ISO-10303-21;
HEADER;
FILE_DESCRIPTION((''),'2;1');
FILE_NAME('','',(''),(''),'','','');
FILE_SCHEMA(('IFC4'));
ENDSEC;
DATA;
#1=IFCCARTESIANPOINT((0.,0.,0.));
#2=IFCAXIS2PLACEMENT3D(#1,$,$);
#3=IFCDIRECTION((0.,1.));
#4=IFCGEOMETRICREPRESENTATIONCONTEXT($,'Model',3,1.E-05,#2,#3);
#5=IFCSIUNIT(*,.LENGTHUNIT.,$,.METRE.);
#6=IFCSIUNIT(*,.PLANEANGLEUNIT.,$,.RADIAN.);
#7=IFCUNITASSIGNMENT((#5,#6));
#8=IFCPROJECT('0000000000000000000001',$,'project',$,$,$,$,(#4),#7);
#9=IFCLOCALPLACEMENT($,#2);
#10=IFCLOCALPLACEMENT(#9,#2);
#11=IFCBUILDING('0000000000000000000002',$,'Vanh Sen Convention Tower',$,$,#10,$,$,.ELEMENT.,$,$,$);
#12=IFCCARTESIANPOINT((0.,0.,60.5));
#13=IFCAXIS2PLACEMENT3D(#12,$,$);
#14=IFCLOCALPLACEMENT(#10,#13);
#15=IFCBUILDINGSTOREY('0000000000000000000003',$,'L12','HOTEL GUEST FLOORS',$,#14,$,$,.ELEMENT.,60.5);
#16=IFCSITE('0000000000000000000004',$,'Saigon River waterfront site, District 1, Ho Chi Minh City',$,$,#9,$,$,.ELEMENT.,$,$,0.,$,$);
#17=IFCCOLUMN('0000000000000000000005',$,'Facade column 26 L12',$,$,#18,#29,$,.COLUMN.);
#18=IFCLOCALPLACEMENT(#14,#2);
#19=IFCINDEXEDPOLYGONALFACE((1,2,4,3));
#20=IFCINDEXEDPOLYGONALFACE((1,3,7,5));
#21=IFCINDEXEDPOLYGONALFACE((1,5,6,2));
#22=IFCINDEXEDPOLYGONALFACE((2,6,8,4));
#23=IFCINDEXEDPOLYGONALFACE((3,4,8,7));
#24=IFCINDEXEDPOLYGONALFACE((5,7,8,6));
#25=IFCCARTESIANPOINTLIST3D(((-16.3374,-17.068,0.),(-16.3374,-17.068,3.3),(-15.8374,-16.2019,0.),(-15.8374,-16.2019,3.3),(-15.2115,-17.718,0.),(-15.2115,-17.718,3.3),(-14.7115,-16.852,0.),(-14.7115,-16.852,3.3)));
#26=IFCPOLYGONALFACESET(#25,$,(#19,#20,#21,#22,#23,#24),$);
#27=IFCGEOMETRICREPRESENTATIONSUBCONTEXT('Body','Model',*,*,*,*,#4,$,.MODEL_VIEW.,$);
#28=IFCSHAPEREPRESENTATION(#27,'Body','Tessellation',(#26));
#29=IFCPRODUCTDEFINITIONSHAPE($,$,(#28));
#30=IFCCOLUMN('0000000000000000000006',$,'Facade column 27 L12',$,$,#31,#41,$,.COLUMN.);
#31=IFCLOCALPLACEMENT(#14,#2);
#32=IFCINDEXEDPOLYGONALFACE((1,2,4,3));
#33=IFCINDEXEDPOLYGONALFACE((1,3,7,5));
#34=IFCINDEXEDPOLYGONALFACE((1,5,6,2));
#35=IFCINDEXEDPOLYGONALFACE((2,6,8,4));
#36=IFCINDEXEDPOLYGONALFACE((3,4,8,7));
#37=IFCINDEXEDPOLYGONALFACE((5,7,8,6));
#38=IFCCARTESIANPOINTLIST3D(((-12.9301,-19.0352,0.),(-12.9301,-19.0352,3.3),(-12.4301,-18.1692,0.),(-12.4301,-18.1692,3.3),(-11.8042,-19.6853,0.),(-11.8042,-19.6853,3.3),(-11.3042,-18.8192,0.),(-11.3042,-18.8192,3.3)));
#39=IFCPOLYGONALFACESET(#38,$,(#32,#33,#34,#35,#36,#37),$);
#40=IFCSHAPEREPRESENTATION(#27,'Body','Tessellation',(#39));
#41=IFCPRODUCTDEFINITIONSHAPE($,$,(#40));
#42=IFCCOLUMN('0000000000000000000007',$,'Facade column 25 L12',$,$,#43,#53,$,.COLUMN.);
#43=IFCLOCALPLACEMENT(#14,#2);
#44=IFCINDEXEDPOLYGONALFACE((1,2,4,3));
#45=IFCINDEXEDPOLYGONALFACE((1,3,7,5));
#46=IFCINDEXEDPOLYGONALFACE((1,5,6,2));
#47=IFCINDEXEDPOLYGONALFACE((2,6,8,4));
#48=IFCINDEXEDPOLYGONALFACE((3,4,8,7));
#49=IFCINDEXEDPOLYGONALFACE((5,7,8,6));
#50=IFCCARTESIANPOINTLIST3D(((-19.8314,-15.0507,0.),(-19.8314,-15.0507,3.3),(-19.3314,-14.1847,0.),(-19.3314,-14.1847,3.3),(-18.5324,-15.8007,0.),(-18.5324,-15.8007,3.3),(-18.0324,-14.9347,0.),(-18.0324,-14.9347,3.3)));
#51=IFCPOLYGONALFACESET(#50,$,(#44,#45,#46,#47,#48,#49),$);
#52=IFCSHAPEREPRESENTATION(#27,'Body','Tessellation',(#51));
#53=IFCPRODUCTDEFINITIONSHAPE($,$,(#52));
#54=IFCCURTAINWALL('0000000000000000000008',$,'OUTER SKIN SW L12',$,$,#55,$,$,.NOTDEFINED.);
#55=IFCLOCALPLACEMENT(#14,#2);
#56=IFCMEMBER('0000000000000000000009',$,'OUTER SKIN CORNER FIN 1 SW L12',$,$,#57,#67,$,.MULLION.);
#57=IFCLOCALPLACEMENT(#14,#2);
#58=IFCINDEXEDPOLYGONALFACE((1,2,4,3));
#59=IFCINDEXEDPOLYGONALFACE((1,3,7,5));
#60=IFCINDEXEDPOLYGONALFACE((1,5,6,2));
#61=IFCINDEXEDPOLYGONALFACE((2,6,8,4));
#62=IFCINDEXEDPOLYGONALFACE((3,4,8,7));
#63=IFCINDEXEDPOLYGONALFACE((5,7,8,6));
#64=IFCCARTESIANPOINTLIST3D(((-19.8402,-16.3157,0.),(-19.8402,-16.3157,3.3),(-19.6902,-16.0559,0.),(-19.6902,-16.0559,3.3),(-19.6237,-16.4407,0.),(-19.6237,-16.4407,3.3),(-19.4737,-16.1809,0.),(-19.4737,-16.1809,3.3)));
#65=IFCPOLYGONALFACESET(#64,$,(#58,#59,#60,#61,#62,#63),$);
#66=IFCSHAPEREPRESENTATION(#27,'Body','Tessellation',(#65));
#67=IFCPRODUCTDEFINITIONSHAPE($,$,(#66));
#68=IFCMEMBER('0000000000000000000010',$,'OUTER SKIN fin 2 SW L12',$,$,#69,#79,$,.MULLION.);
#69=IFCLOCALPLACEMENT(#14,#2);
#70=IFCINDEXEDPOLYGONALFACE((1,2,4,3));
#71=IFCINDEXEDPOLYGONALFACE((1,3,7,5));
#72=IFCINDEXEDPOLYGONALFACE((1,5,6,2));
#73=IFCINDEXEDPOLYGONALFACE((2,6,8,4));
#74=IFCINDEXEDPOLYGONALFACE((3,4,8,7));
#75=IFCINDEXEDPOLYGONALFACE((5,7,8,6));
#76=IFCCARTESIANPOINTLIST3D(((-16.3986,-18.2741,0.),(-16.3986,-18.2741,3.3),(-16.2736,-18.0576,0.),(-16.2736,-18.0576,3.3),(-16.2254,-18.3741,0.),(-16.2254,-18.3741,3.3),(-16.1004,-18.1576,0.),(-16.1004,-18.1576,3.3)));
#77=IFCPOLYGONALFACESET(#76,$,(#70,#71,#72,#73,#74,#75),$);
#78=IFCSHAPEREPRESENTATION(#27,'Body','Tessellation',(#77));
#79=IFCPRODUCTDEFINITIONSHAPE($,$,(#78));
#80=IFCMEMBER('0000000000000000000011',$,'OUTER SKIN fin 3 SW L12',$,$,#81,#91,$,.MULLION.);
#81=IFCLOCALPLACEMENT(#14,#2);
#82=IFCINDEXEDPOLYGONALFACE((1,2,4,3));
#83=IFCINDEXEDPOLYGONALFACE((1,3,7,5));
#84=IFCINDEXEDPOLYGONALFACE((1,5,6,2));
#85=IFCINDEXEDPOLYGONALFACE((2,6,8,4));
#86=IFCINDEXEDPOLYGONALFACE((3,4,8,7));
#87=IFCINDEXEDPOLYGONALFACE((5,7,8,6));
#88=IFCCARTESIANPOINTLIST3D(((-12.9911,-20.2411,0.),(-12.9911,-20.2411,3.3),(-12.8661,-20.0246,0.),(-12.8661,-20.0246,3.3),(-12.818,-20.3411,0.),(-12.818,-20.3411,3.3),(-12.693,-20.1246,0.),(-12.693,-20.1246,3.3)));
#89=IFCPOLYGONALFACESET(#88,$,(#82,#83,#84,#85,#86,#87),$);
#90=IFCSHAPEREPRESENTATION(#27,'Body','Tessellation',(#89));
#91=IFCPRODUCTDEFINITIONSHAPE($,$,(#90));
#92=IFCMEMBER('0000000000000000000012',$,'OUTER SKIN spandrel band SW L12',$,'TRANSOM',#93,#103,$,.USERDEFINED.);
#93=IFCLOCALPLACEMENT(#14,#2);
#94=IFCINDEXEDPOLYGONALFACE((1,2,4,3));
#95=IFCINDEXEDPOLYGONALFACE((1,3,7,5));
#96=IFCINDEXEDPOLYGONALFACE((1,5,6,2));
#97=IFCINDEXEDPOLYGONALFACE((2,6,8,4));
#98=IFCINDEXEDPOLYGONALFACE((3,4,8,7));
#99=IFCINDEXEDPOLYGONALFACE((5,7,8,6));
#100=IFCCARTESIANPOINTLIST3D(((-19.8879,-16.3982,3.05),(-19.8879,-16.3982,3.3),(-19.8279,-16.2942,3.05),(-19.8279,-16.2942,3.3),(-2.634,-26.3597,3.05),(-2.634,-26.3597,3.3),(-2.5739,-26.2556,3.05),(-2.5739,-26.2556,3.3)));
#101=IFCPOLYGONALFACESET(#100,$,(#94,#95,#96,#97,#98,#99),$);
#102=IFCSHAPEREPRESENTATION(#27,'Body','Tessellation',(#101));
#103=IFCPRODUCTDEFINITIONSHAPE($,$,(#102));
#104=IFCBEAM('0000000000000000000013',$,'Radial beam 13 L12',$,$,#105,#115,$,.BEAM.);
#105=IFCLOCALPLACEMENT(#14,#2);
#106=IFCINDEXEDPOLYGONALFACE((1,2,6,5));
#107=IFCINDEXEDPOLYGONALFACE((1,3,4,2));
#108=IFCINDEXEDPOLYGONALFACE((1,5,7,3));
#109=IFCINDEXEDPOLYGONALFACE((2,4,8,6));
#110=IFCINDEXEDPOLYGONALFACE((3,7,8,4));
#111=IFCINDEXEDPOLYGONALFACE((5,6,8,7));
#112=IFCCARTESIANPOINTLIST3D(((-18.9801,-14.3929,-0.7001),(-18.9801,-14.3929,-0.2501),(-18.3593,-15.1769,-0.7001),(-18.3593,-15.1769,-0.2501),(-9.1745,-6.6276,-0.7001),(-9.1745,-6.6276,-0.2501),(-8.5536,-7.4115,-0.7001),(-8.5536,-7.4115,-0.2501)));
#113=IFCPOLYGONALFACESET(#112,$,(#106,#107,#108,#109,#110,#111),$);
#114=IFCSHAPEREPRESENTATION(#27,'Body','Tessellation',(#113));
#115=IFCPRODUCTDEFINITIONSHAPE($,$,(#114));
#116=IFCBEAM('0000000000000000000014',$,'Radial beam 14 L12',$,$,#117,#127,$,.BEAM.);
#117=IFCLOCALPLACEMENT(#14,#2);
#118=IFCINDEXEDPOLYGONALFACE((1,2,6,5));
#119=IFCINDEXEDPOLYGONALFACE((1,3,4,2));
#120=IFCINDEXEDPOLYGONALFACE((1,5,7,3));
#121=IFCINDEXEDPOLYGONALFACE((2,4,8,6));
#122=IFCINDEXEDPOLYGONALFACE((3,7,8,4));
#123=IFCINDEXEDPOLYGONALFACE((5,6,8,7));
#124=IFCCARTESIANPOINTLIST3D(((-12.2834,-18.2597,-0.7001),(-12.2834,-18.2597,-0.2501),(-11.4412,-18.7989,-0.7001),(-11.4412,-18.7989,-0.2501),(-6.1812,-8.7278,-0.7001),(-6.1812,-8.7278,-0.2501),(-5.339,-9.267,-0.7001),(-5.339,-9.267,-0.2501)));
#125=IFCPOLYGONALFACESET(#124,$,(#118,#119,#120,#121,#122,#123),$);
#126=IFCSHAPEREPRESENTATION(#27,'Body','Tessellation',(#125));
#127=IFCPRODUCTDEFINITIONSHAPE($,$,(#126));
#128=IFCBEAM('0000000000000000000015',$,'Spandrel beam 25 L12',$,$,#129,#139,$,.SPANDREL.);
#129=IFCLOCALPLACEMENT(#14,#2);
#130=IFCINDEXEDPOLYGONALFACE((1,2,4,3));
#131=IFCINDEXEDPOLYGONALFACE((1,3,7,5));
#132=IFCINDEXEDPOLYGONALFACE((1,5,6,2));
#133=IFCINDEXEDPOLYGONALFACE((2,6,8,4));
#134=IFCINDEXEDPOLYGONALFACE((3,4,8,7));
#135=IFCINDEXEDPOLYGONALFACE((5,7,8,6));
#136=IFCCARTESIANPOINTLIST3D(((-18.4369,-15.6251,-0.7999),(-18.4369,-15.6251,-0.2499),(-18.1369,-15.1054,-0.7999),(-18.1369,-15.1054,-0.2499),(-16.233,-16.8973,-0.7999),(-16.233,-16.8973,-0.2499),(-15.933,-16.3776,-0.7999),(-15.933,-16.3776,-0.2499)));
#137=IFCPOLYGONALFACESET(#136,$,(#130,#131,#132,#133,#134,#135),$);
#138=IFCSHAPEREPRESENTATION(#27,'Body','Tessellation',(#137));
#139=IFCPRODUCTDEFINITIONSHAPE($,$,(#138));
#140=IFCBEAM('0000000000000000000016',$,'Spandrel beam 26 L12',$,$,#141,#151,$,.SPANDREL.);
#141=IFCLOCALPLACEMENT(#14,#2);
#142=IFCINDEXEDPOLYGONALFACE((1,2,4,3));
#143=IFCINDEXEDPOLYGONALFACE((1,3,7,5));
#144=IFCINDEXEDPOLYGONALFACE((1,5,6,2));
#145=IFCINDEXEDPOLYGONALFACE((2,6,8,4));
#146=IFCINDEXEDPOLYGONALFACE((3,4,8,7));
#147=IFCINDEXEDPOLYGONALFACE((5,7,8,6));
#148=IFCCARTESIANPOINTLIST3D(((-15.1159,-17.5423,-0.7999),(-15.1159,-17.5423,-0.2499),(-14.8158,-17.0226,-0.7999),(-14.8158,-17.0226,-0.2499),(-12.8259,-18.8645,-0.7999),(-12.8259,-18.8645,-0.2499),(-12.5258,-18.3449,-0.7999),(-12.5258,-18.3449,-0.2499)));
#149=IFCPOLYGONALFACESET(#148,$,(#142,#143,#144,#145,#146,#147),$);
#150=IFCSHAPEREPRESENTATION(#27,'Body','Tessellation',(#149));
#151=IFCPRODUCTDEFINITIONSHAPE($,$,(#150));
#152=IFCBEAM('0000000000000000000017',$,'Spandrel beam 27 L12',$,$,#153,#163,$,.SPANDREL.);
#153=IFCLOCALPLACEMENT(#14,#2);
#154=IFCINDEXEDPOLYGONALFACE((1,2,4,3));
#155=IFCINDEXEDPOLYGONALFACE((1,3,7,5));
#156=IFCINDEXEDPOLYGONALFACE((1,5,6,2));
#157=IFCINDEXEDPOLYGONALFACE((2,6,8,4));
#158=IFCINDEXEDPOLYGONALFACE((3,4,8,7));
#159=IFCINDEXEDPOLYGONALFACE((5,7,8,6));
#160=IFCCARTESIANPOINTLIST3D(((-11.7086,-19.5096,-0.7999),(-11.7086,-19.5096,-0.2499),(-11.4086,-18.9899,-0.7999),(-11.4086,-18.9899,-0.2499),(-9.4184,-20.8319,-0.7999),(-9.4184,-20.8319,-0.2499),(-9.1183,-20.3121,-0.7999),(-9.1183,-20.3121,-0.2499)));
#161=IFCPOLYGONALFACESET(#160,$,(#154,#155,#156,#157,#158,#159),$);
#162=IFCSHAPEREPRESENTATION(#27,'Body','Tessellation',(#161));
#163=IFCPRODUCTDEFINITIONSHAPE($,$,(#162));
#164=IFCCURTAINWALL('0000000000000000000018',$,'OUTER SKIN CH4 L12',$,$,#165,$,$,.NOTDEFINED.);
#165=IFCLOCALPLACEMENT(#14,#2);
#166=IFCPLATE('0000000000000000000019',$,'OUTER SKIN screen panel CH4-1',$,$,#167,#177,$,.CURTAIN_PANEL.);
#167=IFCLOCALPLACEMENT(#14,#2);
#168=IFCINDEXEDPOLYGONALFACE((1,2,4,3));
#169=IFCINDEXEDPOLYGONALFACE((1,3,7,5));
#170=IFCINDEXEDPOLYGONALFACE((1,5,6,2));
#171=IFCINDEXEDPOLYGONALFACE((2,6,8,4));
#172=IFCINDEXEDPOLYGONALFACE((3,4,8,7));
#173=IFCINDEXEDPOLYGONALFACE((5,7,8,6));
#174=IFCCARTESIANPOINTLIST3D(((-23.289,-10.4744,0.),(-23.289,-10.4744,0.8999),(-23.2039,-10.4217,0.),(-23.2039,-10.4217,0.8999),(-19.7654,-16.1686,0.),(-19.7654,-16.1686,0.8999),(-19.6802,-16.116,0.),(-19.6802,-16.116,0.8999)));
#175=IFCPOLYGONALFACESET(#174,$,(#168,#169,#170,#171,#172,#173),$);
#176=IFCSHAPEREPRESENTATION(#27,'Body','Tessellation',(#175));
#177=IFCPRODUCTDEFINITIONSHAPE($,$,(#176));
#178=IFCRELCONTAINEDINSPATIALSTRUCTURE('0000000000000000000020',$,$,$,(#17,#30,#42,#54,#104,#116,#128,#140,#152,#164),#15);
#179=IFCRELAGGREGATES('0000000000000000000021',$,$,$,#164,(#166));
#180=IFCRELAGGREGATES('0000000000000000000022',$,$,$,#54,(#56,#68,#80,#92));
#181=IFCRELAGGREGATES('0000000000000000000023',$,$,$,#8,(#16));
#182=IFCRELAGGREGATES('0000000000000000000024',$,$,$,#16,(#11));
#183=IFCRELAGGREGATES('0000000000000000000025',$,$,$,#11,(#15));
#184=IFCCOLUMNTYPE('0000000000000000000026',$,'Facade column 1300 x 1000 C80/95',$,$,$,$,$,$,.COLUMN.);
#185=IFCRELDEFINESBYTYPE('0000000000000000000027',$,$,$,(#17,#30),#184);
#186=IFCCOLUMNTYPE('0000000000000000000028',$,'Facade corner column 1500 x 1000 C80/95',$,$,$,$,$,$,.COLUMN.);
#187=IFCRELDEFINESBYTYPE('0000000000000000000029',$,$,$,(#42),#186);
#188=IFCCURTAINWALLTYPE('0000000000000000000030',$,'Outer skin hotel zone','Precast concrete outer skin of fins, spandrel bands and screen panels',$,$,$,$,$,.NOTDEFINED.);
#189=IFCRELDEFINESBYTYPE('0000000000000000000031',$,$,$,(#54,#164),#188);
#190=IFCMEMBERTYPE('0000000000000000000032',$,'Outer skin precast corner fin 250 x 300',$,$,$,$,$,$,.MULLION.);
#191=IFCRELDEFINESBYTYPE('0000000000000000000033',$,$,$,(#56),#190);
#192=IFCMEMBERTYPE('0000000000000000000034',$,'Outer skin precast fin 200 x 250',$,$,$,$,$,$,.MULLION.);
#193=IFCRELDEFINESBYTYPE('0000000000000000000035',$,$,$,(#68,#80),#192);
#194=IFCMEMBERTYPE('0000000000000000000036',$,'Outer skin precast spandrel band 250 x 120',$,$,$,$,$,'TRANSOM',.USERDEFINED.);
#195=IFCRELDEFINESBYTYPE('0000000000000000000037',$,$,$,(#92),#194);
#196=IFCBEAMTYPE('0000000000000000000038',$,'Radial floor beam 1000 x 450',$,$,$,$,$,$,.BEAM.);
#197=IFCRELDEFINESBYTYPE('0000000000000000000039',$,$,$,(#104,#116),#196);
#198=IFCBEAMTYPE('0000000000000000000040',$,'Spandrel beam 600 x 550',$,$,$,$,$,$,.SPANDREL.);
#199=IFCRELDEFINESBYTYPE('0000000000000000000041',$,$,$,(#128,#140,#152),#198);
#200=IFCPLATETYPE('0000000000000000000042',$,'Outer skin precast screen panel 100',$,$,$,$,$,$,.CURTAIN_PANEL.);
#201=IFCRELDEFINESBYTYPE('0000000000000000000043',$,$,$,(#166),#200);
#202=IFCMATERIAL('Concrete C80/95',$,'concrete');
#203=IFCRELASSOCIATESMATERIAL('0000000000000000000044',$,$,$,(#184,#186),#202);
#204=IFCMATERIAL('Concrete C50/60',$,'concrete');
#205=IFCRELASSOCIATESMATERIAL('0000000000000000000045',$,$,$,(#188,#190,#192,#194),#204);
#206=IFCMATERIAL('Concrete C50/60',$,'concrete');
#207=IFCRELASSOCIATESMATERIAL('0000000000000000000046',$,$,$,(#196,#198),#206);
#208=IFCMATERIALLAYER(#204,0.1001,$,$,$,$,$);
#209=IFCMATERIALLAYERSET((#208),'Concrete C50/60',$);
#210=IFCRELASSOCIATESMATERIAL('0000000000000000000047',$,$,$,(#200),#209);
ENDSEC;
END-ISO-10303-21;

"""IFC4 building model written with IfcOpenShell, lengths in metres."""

from ifc_helpers import new_model, si_unit, direction, frame, origin, origin_2d, place, context, subcontext, project, spatial, rectangle, extrude, material, layer, layer_set, material_profile, profile_set, type_object, element, aggregate, save


model = new_model("IFC4")

# Units and contexts
model_context = context("Model", 3, precision=1e-05, world=origin(), true_north=direction((0.0, 1.0)))
body_context = subcontext(model_context, "Body", "Model", "MODEL_VIEW")
ifc_project = project(units=[si_unit("LENGTHUNIT", "METRE"), si_unit("PLANEANGLEUNIT", "RADIAN")], contexts=[model_context])

# Site, building, storey
site_placement = place(None, origin())
site = spatial("IfcSite", under=ifc_project, at=site_placement, Name="Saigon River waterfront site, District 1, Ho Chi Minh City", CompositionType="ELEMENT", RefElevation=0.0)
building_placement = place(site_placement, origin())
building = spatial("IfcBuilding", under=site, at=building_placement, Name="Vanh Sen Convention Tower", CompositionType="ELEMENT")
storey_placement = place(building_placement, frame((0.0, 0.0, 60.5)))
storey = spatial("IfcBuildingStorey", under=building, at=storey_placement, Name="L12", Description="HOTEL GUEST FLOORS", CompositionType="ELEMENT", Elevation=60.5)

# Columns
ifc_material_1 = material(Name="Concrete C80/95", Category="concrete")
ifc_material_profile_1 = material_profile(ifc_material_1, rectangle(XDim=1.3, YDim=1.0, at=origin_2d()), Name="RC 1300X1000")
ifc_profile_set_1 = profile_set([ifc_material_profile_1], Name="Concrete C80/95")
column_type_1 = type_object("IfcColumnType", Name="Facade column 1300 x 1000 C80/95", PredefinedType="COLUMN", material=ifc_profile_set_1)
for number, where, z_axis, x_axis, name in (
    (1, (-15.5244, -16.96, 0.0), (0.0, 0.0, 1.0), (0.866025, -0.5, 0.0), "Facade column 26 L12"),
    (2, (-12.1172, -18.9272, 0.0), (0.0, 0.0, 1.0), (0.866025, -0.5, 0.0), "Facade column 27 L12"),
):
    element("IfcColumn", number, at=place(storey_placement, frame(where, z_axis=z_axis, x_axis=x_axis)), inside=storey, type_object=column_type_1, Name=name, PredefinedType="COLUMN", context=body_context, shape_type="SweptSolid", body=[
        extrude(rectangle(XDim=1.3, YDim=1.0, at=origin_2d()), origin(), (0.0, 0.0, 1.0), 3.3),
    ])
ifc_material_profile_2 = material_profile(ifc_material_1, rectangle(XDim=1.5, YDim=1.0, at=origin_2d()), Name="RC 1500X1000")
ifc_profile_set_2 = profile_set([ifc_material_profile_2], Name="Concrete C80/95")
column_type_2 = type_object("IfcColumnType", Name="Facade corner column 1500 x 1000 C80/95", PredefinedType="COLUMN", material=ifc_profile_set_2)
column_placement = place(storey_placement, frame((-18.9319, -14.9927, 0.0), z_axis=(0.0, 0.0, 1.0), x_axis=(0.866025, -0.5, 0.0)))
element("IfcColumn", 3, at=column_placement, inside=storey, type_object=column_type_2, Name="Facade column 25 L12", PredefinedType="COLUMN", context=body_context, shape_type="SweptSolid", body=[
    extrude(rectangle(XDim=1.5, YDim=1.0, at=origin_2d()), origin(), (0.0, 0.0, 1.0), 3.3),
])

# Curtain wall, members
ifc_material_2 = material(Name="Concrete C50/60", Category="concrete")
curtain_wall_type = type_object("IfcCurtainWallType", Name="Outer skin hotel zone", Description="Precast concrete outer skin of fins, spandrel bands and screen panels", PredefinedType="NOTDEFINED", material=ifc_material_2)
curtain_wall_1_placement = place(storey_placement, origin())
curtain_wall_1 = element("IfcCurtainWall", 4, at=curtain_wall_1_placement, inside=storey, type_object=curtain_wall_type, Name="OUTER SKIN SW L12", PredefinedType="NOTDEFINED")
ifc_material_profile_3 = material_profile(ifc_material_2, rectangle(XDim=0.25, YDim=0.3, at=origin_2d()), Name="Outer skin precast corner fin 250 x 300")
ifc_profile_set_3 = profile_set([ifc_material_profile_3], Name="Concrete C50/60")
member_type_1 = type_object("IfcMemberType", Name="Outer skin precast corner fin 250 x 300", PredefinedType="MULLION", material=ifc_profile_set_3)
member_1_placement = place(storey_placement, frame((-19.657, -16.2483, 0.0), z_axis=(0.0, 0.0, 1.0), x_axis=(0.866025, -0.5, 0.0)))
member_1 = element("IfcMember", 5, at=member_1_placement, type_object=member_type_1, Name="OUTER SKIN CORNER FIN 1 SW L12", PredefinedType="MULLION", context=body_context, shape_type="SweptSolid", body=[
    extrude(rectangle(XDim=0.25, YDim=0.3, at=origin_2d()), origin(), (0.0, 0.0, 1.0), 3.3),
])
ifc_material_profile_4 = material_profile(ifc_material_2, rectangle(XDim=0.2, YDim=0.25, at=origin_2d()), Name="Outer skin precast fin 200 x 250")
ifc_profile_set_4 = profile_set([ifc_material_profile_4], Name="Concrete C50/60")
member_type_2 = type_object("IfcMemberType", Name="Outer skin precast fin 200 x 250", PredefinedType="MULLION", material=ifc_profile_set_4)
member_2_placement = place(storey_placement, frame((-16.2495, -18.2158, 0.0), z_axis=(0.0, 0.0, 1.0), x_axis=(0.866025, -0.5, 0.0)))
member_2 = element("IfcMember", 6, at=member_2_placement, type_object=member_type_2, Name="OUTER SKIN fin 2 SW L12", PredefinedType="MULLION", context=body_context, shape_type="SweptSolid", body=[
    extrude(rectangle(XDim=0.2, YDim=0.25, at=origin_2d()), origin(), (0.0, 0.0, 1.0), 3.3),
])
member_3_placement = place(storey_placement, frame((-12.842, -20.1829, 0.0), z_axis=(0.0, 0.0, 1.0), x_axis=(0.866025, -0.5, 0.0)))
member_3 = element("IfcMember", 7, at=member_3_placement, type_object=member_type_2, Name="OUTER SKIN fin 3 SW L12", PredefinedType="MULLION", context=body_context, shape_type="SweptSolid", body=[
    extrude(rectangle(XDim=0.2, YDim=0.25, at=origin_2d()), origin(), (0.0, 0.0, 1.0), 3.3),
])
ifc_material_profile_5 = material_profile(ifc_material_2, rectangle(XDim=0.1201, YDim=0.25, at=origin_2d()), Name="Outer skin precast spandrel band 250 x 120")
ifc_profile_set_5 = profile_set([ifc_material_profile_5], Name="Concrete C50/60")
member_type_3 = type_object("IfcMemberType", Name="Outer skin precast spandrel band 250 x 120", ElementType="TRANSOM", PredefinedType="USERDEFINED", material=ifc_profile_set_5)
member_4_placement = place(storey_placement, frame((-19.8579, -16.3462, 3.175), z_axis=(0.866028, -0.499995, 0.0), x_axis=(0.499995, 0.866028, 0.0)))
member_4 = element("IfcMember", 8, at=member_4_placement, type_object=member_type_3, Name="OUTER SKIN spandrel band SW L12", ObjectType="TRANSOM", PredefinedType="USERDEFINED", context=body_context, shape_type="SweptSolid", body=[
    extrude(rectangle(XDim=0.1201, YDim=0.25, at=origin_2d()), origin(), (0.0, 0.0, 1.0), 19.9231),
])

# Beams
ifc_material_3 = material(Name="Concrete C50/60", Category="concrete")
ifc_material_profile_6 = material_profile(ifc_material_3, rectangle(XDim=1.0, YDim=0.45, at=origin_2d()), Name="RC 1000X450")
ifc_profile_set_6 = profile_set([ifc_material_profile_6], Name="Concrete C50/60")
beam_type_1 = type_object("IfcBeamType", Name="Radial floor beam 1000 x 450", PredefinedType="BEAM", material=ifc_profile_set_6)
beam_1_placement = place(storey_placement, frame((-18.6697, -14.7849, -0.4751), z_axis=(0.783946, 0.620829, 0.0), x_axis=(-0.620829, 0.783946, 0.0)))
element("IfcBeam", 9, at=beam_1_placement, inside=storey, type_object=beam_type_1, Name="Radial beam 13 L12", PredefinedType="BEAM", context=body_context, shape_type="SweptSolid", body=[
    extrude(rectangle(XDim=1.0, YDim=0.45, at=origin_2d()), origin(), (0.0, 0.0, 1.0), 12.5081),
])
beam_2_placement = place(storey_placement, frame((-11.8623, -18.5293, -0.4751), z_axis=(0.539168, 0.842198, 0.0), x_axis=(-0.842198, 0.539168, 0.0)))
element("IfcBeam", 10, at=beam_2_placement, inside=storey, type_object=beam_type_1, Name="Radial beam 14 L12", PredefinedType="BEAM", context=body_context, shape_type="SweptSolid", body=[
    extrude(rectangle(XDim=1.0, YDim=0.45, at=origin_2d()), origin(), (0.0, 0.0, 1.0), 11.3179),
])
ifc_material_profile_7 = material_profile(ifc_material_3, rectangle(XDim=0.6001, YDim=0.55, at=origin_2d()), Name="RC 600X550")
ifc_profile_set_7 = profile_set([ifc_material_profile_7], Name="Concrete C50/60")
beam_type_2 = type_object("IfcBeamType", Name="Spandrel beam 600 x 550", PredefinedType="SPANDREL", material=ifc_profile_set_7)
beam_3_placement = place(storey_placement, frame((-18.2869, -15.3652, -0.5249), z_axis=(0.866056, -0.499947, 0.0), x_axis=(0.499947, 0.866056, 0.0)))
element("IfcBeam", 11, at=beam_3_placement, inside=storey, type_object=beam_type_2, Name="Spandrel beam 25 L12", PredefinedType="SPANDREL", context=body_context, shape_type="SweptSolid", body=[
    extrude(rectangle(XDim=0.6001, YDim=0.55, at=origin_2d()), origin(), (0.0, 0.0, 1.0), 2.5447),
])
beam_4_placement = place(storey_placement, frame((-14.9658, -17.2825, -0.5249), z_axis=(0.866007, -0.500031, 0.0), x_axis=(0.500031, 0.866007, 0.0)))
element("IfcBeam", 12, at=beam_4_placement, inside=storey, type_object=beam_type_2, Name="Spandrel beam 26 L12", PredefinedType="SPANDREL", context=body_context, shape_type="SweptSolid", body=[
    extrude(rectangle(XDim=0.6001, YDim=0.55, at=origin_2d()), origin(), (0.0, 0.0, 1.0), 2.6443),
])
beam_5_placement = place(storey_placement, frame((-11.5586, -19.2498, -0.5249), z_axis=(0.86603, -0.499991, 0.0), x_axis=(0.499991, 0.86603, 0.0)))
element("IfcBeam", 13, at=beam_5_placement, inside=storey, type_object=beam_type_2, Name="Spandrel beam 27 L12", PredefinedType="SPANDREL", context=body_context, shape_type="SweptSolid", body=[
    extrude(rectangle(XDim=0.6001, YDim=0.55, at=origin_2d()), origin(), (0.0, 0.0, 1.0), 2.6445),
])

# Curtain wall, plate
curtain_wall_2_placement = place(storey_placement, origin())
curtain_wall_2 = element("IfcCurtainWall", 14, at=curtain_wall_2_placement, inside=storey, type_object=curtain_wall_type, Name="OUTER SKIN CH4 L12", PredefinedType="NOTDEFINED")
ifc_layer_1 = layer(ifc_material_2, 0.1001)
ifc_layer_set_1 = layer_set([ifc_layer_1], Name="Concrete C50/60")
plate_type = type_object("IfcPlateType", Name="Outer skin precast screen panel 100", PredefinedType="CURTAIN_PANEL", material=ifc_layer_set_1)
plate_1_placement = place(storey_placement, frame((-21.4846, -13.2952, 0.0), z_axis=(0.0, 0.0, 1.0), x_axis=(0.526205, -0.850358, 0.0)))
plate_1 = element("IfcPlate", 15, at=plate_1_placement, type_object=plate_type, Name="OUTER SKIN screen panel CH4-1", PredefinedType="CURTAIN_PANEL", context=body_context, shape_type="SweptSolid", body=[
    extrude(rectangle(XDim=6.6963, YDim=0.1001, at=origin_2d()), origin(), (0.0, 0.0, 1.0), 0.8999),
])
aggregate(curtain_wall_2, [plate_1])

aggregate(curtain_wall_1, [member_1, member_2, member_3, member_4])

save(model, "model.ifc")
